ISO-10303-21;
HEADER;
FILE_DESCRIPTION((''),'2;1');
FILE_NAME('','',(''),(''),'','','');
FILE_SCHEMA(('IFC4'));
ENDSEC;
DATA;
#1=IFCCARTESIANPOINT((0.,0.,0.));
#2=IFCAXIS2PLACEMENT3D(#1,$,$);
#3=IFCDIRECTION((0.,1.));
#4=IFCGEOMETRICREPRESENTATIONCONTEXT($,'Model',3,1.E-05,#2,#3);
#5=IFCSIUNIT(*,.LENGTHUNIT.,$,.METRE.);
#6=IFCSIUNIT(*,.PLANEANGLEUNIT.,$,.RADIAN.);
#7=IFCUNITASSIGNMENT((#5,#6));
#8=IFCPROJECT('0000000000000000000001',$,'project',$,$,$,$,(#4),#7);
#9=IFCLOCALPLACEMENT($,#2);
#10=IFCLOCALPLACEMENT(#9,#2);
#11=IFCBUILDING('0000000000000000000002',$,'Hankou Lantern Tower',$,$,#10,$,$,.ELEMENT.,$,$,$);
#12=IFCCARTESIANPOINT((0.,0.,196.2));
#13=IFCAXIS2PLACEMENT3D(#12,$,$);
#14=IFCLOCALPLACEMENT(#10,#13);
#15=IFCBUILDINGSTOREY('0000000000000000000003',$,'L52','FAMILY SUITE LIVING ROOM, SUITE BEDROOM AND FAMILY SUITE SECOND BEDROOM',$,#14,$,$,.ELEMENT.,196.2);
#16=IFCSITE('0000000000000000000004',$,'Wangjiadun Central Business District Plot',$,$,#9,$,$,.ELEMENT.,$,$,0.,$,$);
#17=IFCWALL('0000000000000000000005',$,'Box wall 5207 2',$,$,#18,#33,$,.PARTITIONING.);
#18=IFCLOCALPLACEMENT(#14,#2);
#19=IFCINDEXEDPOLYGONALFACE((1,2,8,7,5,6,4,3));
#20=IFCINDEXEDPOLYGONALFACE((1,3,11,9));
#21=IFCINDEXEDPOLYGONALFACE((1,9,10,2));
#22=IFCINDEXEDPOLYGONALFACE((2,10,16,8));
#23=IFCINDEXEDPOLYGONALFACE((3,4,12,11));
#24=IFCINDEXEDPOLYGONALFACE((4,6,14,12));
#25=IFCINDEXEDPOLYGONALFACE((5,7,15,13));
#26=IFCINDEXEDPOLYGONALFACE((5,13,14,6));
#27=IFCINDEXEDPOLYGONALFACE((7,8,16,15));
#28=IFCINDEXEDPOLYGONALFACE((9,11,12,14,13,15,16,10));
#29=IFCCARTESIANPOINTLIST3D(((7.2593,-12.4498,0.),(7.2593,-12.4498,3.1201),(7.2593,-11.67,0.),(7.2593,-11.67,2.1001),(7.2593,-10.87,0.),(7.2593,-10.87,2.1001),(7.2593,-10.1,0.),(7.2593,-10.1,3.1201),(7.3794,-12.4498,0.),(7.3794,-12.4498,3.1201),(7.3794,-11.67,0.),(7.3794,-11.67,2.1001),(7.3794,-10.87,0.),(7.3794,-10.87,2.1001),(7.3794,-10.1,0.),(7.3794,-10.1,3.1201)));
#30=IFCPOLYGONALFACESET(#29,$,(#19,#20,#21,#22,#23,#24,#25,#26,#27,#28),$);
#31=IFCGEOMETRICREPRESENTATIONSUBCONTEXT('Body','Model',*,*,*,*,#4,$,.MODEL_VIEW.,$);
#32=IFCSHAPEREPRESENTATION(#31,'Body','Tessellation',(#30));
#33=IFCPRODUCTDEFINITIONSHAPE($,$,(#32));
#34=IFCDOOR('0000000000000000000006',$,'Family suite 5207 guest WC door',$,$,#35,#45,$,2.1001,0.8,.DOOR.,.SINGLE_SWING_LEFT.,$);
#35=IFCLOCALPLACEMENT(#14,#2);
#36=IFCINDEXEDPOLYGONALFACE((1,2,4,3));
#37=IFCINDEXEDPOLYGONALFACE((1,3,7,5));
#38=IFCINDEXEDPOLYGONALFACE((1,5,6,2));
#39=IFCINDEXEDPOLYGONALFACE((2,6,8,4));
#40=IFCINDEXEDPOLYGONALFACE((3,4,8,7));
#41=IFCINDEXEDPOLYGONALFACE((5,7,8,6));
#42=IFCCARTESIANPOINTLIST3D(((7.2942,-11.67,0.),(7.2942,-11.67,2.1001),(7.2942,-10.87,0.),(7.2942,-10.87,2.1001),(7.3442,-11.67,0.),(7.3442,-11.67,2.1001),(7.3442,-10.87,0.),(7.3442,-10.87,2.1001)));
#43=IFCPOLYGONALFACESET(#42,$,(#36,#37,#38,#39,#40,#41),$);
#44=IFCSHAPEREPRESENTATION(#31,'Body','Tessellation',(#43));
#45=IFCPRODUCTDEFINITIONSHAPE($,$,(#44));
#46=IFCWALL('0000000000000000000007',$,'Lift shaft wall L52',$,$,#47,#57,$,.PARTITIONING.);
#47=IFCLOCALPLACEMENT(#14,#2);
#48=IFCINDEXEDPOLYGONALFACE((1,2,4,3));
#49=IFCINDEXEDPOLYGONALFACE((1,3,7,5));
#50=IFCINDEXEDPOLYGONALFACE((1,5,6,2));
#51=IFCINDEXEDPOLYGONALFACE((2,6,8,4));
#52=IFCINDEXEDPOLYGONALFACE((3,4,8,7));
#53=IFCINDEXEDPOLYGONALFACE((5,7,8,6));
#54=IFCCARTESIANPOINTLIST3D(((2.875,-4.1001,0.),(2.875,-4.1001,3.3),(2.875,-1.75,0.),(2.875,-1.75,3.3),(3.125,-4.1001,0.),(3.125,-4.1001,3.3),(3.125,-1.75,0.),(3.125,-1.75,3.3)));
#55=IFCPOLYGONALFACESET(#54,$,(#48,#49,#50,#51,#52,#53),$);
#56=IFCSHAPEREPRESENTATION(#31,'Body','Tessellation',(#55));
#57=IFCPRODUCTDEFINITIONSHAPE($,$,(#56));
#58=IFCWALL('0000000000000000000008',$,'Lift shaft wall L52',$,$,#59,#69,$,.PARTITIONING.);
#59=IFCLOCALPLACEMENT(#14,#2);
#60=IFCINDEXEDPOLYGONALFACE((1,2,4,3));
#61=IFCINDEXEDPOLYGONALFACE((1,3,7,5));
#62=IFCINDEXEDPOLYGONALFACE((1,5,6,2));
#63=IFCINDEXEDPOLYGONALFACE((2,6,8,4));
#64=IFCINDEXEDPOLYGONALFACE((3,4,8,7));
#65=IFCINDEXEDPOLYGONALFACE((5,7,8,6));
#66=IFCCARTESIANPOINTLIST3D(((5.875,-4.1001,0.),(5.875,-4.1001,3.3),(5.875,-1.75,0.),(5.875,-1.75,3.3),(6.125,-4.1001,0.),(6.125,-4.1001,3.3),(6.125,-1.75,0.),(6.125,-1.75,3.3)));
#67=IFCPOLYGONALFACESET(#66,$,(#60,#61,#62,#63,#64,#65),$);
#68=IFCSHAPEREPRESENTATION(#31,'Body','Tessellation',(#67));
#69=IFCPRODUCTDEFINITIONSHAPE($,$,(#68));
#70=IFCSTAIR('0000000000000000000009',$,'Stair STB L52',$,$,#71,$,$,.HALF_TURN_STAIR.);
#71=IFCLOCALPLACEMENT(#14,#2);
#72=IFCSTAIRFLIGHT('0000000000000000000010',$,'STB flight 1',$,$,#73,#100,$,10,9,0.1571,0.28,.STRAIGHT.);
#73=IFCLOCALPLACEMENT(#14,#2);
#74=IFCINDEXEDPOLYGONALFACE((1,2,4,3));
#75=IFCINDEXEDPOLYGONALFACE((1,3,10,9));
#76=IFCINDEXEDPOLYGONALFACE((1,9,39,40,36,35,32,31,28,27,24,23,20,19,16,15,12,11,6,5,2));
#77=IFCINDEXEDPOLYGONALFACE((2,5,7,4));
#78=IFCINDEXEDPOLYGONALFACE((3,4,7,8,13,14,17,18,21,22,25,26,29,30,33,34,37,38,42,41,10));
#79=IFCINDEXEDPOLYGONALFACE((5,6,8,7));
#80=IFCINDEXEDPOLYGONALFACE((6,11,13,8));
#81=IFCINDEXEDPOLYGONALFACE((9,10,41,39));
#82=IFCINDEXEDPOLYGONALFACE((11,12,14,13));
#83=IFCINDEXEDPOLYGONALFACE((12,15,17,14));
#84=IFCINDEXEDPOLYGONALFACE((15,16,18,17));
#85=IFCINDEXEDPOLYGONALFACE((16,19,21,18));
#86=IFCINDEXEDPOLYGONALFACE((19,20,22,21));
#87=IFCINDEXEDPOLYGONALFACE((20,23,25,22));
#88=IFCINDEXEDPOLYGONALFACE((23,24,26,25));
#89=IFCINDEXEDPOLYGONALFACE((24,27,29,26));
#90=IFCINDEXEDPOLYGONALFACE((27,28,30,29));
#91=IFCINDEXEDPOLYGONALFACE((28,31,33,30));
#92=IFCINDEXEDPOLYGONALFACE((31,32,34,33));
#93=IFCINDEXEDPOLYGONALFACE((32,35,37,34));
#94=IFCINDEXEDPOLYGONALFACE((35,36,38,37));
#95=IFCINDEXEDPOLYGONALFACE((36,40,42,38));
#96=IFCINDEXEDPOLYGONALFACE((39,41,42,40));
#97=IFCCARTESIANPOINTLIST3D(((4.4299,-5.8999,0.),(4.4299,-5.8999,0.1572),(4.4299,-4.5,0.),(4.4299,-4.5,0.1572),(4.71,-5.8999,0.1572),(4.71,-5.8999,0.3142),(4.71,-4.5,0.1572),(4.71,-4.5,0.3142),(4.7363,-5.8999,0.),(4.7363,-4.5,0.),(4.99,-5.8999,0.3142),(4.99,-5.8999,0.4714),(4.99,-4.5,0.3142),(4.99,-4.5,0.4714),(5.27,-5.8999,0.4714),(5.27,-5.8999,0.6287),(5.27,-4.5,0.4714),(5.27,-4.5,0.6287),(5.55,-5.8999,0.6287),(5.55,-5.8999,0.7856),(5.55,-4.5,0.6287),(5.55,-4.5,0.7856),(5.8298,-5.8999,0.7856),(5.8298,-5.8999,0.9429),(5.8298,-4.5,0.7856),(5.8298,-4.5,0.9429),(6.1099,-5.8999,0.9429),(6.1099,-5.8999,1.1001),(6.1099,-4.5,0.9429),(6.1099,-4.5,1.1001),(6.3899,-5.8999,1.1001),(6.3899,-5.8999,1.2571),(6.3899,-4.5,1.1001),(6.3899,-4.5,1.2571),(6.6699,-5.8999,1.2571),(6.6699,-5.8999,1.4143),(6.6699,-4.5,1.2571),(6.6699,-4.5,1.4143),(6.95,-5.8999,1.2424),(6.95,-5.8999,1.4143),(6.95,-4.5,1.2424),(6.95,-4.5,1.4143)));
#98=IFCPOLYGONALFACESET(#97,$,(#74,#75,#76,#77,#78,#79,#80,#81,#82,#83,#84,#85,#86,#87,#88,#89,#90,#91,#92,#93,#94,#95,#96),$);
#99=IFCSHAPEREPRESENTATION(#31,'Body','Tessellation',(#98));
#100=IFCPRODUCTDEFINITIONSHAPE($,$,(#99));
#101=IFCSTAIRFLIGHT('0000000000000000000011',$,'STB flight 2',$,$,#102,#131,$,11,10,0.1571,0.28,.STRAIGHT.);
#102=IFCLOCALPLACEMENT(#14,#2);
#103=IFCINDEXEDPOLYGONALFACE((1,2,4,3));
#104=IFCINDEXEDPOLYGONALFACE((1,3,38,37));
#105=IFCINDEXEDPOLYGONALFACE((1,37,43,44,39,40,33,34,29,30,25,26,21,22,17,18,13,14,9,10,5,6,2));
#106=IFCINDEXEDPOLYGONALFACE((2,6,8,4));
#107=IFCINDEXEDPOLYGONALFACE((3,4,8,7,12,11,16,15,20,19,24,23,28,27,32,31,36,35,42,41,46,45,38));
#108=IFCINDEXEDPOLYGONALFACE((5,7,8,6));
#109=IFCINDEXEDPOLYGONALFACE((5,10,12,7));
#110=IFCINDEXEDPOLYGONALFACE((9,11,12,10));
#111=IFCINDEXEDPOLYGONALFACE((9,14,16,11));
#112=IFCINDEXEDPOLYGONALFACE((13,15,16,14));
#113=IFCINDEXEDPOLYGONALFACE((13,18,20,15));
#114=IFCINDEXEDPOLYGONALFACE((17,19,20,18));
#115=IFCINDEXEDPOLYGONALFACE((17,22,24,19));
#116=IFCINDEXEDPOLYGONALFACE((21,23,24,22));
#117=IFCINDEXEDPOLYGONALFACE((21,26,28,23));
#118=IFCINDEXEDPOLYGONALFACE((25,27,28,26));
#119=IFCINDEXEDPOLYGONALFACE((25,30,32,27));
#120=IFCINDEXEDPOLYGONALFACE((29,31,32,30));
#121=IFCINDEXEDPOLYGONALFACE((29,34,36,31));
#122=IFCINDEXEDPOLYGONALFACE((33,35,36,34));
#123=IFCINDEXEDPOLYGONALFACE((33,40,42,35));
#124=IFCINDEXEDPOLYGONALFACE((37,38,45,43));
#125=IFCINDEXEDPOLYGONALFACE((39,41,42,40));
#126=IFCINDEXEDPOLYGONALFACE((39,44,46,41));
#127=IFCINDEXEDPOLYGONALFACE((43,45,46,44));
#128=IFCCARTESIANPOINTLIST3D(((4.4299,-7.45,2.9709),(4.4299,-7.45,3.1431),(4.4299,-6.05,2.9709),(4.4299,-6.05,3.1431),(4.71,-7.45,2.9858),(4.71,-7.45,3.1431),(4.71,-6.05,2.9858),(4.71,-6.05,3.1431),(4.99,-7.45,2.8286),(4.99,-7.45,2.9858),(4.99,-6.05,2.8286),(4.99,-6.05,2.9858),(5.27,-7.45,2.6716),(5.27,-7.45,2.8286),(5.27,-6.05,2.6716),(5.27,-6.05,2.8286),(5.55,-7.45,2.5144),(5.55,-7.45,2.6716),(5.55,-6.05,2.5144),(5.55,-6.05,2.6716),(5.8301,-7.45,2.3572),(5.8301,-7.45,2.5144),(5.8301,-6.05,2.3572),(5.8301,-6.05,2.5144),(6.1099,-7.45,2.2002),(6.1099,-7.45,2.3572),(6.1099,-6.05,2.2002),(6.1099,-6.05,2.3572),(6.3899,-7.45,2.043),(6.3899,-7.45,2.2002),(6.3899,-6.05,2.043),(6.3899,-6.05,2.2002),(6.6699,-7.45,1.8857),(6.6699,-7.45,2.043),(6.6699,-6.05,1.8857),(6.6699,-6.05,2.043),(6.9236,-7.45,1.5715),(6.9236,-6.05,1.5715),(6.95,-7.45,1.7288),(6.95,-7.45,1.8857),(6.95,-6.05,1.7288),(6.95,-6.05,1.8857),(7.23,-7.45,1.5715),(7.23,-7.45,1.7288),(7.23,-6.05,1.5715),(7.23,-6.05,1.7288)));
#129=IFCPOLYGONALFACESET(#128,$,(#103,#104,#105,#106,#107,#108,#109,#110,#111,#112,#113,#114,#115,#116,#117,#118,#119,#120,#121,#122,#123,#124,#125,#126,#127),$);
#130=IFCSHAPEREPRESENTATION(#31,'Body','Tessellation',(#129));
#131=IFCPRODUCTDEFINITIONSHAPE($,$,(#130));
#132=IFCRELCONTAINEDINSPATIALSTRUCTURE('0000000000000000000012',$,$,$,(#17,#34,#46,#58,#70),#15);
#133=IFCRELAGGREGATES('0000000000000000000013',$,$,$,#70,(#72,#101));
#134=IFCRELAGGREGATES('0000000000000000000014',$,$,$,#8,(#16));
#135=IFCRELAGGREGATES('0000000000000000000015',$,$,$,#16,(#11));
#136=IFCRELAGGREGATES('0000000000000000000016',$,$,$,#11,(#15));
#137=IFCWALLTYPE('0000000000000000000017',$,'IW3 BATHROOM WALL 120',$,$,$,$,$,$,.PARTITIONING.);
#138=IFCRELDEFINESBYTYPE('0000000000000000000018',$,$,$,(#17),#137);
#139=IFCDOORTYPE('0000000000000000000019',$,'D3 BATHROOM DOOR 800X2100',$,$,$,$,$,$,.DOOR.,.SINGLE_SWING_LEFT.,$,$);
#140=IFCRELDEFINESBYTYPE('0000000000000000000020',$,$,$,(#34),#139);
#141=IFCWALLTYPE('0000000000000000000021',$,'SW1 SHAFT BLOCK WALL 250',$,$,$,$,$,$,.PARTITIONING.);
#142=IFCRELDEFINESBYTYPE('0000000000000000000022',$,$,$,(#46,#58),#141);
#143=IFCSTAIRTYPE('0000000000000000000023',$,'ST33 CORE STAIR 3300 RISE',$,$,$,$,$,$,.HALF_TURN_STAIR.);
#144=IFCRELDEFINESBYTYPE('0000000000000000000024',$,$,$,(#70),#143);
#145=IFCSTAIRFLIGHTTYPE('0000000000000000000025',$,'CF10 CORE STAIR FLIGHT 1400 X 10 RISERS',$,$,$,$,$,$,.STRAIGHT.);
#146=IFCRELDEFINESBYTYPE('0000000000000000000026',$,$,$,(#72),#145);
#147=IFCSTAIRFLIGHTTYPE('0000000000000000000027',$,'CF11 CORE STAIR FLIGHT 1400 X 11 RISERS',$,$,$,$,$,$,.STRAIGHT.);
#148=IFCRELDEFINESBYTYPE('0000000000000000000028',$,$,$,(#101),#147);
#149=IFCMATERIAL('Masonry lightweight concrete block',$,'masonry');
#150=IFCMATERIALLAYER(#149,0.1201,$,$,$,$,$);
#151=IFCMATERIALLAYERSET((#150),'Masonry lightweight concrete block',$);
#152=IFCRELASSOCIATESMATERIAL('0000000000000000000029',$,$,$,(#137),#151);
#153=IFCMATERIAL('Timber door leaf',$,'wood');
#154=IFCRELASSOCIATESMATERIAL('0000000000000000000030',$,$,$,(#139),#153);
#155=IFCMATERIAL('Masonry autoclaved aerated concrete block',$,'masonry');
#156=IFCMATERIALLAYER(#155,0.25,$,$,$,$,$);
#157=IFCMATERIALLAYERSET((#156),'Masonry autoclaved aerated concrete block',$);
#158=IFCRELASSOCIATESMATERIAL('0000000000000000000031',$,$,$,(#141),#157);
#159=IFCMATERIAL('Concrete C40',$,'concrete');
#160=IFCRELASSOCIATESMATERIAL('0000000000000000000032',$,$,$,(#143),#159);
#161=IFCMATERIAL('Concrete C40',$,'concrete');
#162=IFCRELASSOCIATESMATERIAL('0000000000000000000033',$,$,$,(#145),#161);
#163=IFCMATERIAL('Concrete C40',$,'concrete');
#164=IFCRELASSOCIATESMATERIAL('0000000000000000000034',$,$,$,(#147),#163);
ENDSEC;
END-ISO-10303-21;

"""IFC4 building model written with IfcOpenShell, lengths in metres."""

from ifc_helpers import new_model, si_unit, direction, frame, frame_2d, origin, place, context, subcontext, project, spatial, polyline, rectangle, outline, extrude, material, layer, layer_set, type_object, element, fill, aggregate, save


model = new_model("IFC4")

# Units and contexts
model_context = context("Model", 3, precision=1e-05, world=origin(), true_north=direction((0.0, 1.0)))
body_context = subcontext(model_context, "Body", "Model", "MODEL_VIEW")
ifc_project = project(units=[si_unit("LENGTHUNIT", "METRE"), si_unit("PLANEANGLEUNIT", "RADIAN")], contexts=[model_context])

# Site, building, storey
site_placement = place(None, origin())
site = spatial("IfcSite", under=ifc_project, at=site_placement, Name="Wangjiadun Central Business District Plot", CompositionType="ELEMENT", RefElevation=0.0)
building_placement = place(site_placement, origin())
building = spatial("IfcBuilding", under=site, at=building_placement, Name="Hankou Lantern Tower", CompositionType="ELEMENT")
storey_placement = place(building_placement, frame((0.0, 0.0, 196.2)))
storey = spatial("IfcBuildingStorey", under=building, at=storey_placement, Name="L52", Description="FAMILY SUITE LIVING ROOM, SUITE BEDROOM AND FAMILY SUITE SECOND BEDROOM", CompositionType="ELEMENT", Elevation=196.2)

# Shared definitions
ifc_material_1 = material(Name="Masonry lightweight concrete block", Category="masonry")
ifc_layer_1 = layer(ifc_material_1, 0.1201)
ifc_layer_set_1 = layer_set([ifc_layer_1], Name="Masonry lightweight concrete block")
wall_type_1 = type_object("IfcWallType", Name="IW3 BATHROOM WALL 120", PredefinedType="PARTITIONING", material=ifc_layer_set_1)

# Wall, opening, door
wall_1_placement = place(storey_placement, frame((7.3193, -10.1001, 0.0), z_axis=(0.0, 0.0, 1.0), x_axis=(0.0, -1.0, 0.0)))
wall_1 = element("IfcWall", 1, at=wall_1_placement, inside=storey, type_object=wall_type_1, Name="Box wall 5207 2", PredefinedType="PARTITIONING", context=body_context, shape_type="SweptSolid", body=[
    extrude(rectangle(XDim=2.3499, YDim=0.1201, at=frame_2d((1.1748, 0.0))), origin(), (0.0, 0.0, 1.0), 3.1201),
])
opening_1_placement = place(wall_1_placement, frame((0.77, 0.0, 0.0)))
opening_1 = element("IfcOpeningElement", 2, at=opening_1_placement, cuts=wall_1, PredefinedType="OPENING", context=body_context, shape_type="SweptSolid", body=[
    extrude(rectangle(XDim=0.8, YDim=2.1001, at=frame_2d((0.3999, 1.05))), frame((0.0, 0.0701, 0.0), z_axis=(0.0, -1.0, 0.0), x_axis=(1.0, 0.0, 0.0)), (0.0, 0.0, 1.0), 0.1401),
])
ifc_material_2 = material(Name="Timber door leaf", Category="wood")
door_type_1 = type_object("IfcDoorType", Name="D3 BATHROOM DOOR 800X2100", OperationType="SINGLE_SWING_LEFT", PredefinedType="DOOR", material=ifc_material_2)
door_1_placement = place(opening_1_placement, origin())
door_1 = element("IfcDoor", 3, at=door_1_placement, inside=storey, type_object=door_type_1, Name="Family suite 5207 guest WC door", OperationType="SINGLE_SWING_LEFT", OverallHeight=2.1001, OverallWidth=0.8, PredefinedType="DOOR", context=body_context, shape_type="SweptSolid", body=[
    extrude(rectangle(XDim=0.8, YDim=2.1001, at=frame_2d((0.3999, 1.05))), frame((0.0, 0.0249, 0.0), z_axis=(0.0, -1.0, 0.0), x_axis=(1.0, 0.0, 0.0)), (0.0, 0.0, 1.0), 0.05),
])
fill(opening_1, door_1)

# Walls
ifc_material_3 = material(Name="Masonry autoclaved aerated concrete block", Category="masonry")
ifc_layer_2 = layer(ifc_material_3, 0.25)
ifc_layer_set_2 = layer_set([ifc_layer_2], Name="Masonry autoclaved aerated concrete block")
wall_type_2 = type_object("IfcWallType", Name="SW1 SHAFT BLOCK WALL 250", PredefinedType="PARTITIONING", material=ifc_layer_set_2)
for number, where, z_axis, x_axis, name in (
    (4, (3.0, -4.1001, 0.0), (0.0, 0.0, 1.0), (0.0, 1.0, 0.0), "Lift shaft wall L52"),
    (5, (6.0, -4.1001, 0.0), (0.0, 0.0, 1.0), (0.0, 1.0, 0.0), "Lift shaft wall L52"),
):
    element("IfcWall", number, at=place(storey_placement, frame(where, z_axis=z_axis, x_axis=x_axis)), inside=storey, type_object=wall_type_2, Name=name, PredefinedType="PARTITIONING", context=body_context, shape_type="SweptSolid", body=[
        extrude(rectangle(XDim=2.3501, YDim=0.25, at=frame_2d((1.175, 0.0))), origin(), (0.0, 0.0, 1.0), 3.3),
    ])

# Stair, stair flights
ifc_material_4 = material(Name="Concrete C40", Category="concrete")
stair_type = type_object("IfcStairType", Name="ST33 CORE STAIR 3300 RISE", PredefinedType="HALF_TURN_STAIR", material=ifc_material_4)
stair_placement = place(storey_placement, origin())
stair = element("IfcStair", 6, at=stair_placement, inside=storey, type_object=stair_type, Name="Stair STB L52", PredefinedType="HALF_TURN_STAIR")
ifc_material_5 = material(Name="Concrete C40", Category="concrete")
stair_flight_type_1 = type_object("IfcStairFlightType", Name="CF10 CORE STAIR FLIGHT 1400 X 10 RISERS", PredefinedType="STRAIGHT", material=ifc_material_5)
stair_flight_1_placement = place(storey_placement, frame((4.4299, -5.2, 0.0), z_axis=(0.0, 0.0, 1.0), x_axis=(1.0, 0.0, 0.0)))
stair_flight_1 = element("IfcStairFlight", 7, at=stair_flight_1_placement, type_object=stair_flight_type_1, Name="STB flight 1", NumberOfRisers=10, NumberOfTreads=9, PredefinedType="STRAIGHT", RiserHeight=0.1571, TreadLength=0.28, context=body_context, shape_type="SweptSolid", body=[
    extrude(outline(polyline([(0.0, 0.0), (0.0, 0.1572), (0.28, 0.1572), (0.28, 0.3142), (0.5601, 0.3142), (0.5601, 0.4714), (0.8401, 0.4714), (0.8401, 0.6287), (1.1201, 0.6287), (1.1201, 0.7856), (1.3999, 0.7856), (1.3999, 0.9429), (1.6799, 0.9429), (1.6799, 1.1001), (1.96, 1.1001), (1.96, 1.2571), (2.24, 1.2571), (2.24, 1.4143), (2.52, 1.4143), (2.52, 1.5715), (2.52, 1.2424), (0.3064, 0.0), (0.0, 0.0)])), frame((0.0, 0.7, 0.0), z_axis=(0.0, -1.0, 0.0), x_axis=(1.0, 0.0, 0.0)), (0.0, 0.0, 1.0), 1.3999),
])
ifc_material_6 = material(Name="Concrete C40", Category="concrete")
stair_flight_type_2 = type_object("IfcStairFlightType", Name="CF11 CORE STAIR FLIGHT 1400 X 11 RISERS", PredefinedType="STRAIGHT", material=ifc_material_6)
stair_flight_2_placement = place(storey_placement, frame((7.23, -6.75, 1.5715), z_axis=(0.0, 0.0, 1.0), x_axis=(-1.0, 0.0, 0.0)))
stair_flight_2 = element("IfcStairFlight", 8, at=stair_flight_2_placement, type_object=stair_flight_type_2, Name="STB flight 2", NumberOfRisers=11, NumberOfTreads=10, PredefinedType="STRAIGHT", RiserHeight=0.1571, TreadLength=0.28, context=body_context, shape_type="SweptSolid", body=[
    extrude(outline(polyline([(0.0, 0.0), (0.0, 0.1572), (0.28, 0.1572), (0.28, 0.3142), (0.5601, 0.3142), (0.5601, 0.4714), (0.8401, 0.4714), (0.8401, 0.6287), (1.1201, 0.6287), (1.1201, 0.7856), (1.3999, 0.7856), (1.3999, 0.9429), (1.6799, 0.9429), (1.6799, 1.1001), (1.96, 1.1001), (1.96, 1.2571), (2.24, 1.2571), (2.24, 1.4143), (2.52, 1.4143), (2.52, 1.5715), (2.8, 1.5715), (2.8, 1.7285), (2.8, 1.3994), (0.3064, 0.0), (0.0, 0.0)])), frame((0.0, 0.7, 0.0), z_axis=(0.0, -1.0, 0.0), x_axis=(1.0, 0.0, 0.0)), (0.0, 0.0, 1.0), 1.3999),
])
aggregate(stair, [stair_flight_1, stair_flight_2])

save(model, "model.ifc")
